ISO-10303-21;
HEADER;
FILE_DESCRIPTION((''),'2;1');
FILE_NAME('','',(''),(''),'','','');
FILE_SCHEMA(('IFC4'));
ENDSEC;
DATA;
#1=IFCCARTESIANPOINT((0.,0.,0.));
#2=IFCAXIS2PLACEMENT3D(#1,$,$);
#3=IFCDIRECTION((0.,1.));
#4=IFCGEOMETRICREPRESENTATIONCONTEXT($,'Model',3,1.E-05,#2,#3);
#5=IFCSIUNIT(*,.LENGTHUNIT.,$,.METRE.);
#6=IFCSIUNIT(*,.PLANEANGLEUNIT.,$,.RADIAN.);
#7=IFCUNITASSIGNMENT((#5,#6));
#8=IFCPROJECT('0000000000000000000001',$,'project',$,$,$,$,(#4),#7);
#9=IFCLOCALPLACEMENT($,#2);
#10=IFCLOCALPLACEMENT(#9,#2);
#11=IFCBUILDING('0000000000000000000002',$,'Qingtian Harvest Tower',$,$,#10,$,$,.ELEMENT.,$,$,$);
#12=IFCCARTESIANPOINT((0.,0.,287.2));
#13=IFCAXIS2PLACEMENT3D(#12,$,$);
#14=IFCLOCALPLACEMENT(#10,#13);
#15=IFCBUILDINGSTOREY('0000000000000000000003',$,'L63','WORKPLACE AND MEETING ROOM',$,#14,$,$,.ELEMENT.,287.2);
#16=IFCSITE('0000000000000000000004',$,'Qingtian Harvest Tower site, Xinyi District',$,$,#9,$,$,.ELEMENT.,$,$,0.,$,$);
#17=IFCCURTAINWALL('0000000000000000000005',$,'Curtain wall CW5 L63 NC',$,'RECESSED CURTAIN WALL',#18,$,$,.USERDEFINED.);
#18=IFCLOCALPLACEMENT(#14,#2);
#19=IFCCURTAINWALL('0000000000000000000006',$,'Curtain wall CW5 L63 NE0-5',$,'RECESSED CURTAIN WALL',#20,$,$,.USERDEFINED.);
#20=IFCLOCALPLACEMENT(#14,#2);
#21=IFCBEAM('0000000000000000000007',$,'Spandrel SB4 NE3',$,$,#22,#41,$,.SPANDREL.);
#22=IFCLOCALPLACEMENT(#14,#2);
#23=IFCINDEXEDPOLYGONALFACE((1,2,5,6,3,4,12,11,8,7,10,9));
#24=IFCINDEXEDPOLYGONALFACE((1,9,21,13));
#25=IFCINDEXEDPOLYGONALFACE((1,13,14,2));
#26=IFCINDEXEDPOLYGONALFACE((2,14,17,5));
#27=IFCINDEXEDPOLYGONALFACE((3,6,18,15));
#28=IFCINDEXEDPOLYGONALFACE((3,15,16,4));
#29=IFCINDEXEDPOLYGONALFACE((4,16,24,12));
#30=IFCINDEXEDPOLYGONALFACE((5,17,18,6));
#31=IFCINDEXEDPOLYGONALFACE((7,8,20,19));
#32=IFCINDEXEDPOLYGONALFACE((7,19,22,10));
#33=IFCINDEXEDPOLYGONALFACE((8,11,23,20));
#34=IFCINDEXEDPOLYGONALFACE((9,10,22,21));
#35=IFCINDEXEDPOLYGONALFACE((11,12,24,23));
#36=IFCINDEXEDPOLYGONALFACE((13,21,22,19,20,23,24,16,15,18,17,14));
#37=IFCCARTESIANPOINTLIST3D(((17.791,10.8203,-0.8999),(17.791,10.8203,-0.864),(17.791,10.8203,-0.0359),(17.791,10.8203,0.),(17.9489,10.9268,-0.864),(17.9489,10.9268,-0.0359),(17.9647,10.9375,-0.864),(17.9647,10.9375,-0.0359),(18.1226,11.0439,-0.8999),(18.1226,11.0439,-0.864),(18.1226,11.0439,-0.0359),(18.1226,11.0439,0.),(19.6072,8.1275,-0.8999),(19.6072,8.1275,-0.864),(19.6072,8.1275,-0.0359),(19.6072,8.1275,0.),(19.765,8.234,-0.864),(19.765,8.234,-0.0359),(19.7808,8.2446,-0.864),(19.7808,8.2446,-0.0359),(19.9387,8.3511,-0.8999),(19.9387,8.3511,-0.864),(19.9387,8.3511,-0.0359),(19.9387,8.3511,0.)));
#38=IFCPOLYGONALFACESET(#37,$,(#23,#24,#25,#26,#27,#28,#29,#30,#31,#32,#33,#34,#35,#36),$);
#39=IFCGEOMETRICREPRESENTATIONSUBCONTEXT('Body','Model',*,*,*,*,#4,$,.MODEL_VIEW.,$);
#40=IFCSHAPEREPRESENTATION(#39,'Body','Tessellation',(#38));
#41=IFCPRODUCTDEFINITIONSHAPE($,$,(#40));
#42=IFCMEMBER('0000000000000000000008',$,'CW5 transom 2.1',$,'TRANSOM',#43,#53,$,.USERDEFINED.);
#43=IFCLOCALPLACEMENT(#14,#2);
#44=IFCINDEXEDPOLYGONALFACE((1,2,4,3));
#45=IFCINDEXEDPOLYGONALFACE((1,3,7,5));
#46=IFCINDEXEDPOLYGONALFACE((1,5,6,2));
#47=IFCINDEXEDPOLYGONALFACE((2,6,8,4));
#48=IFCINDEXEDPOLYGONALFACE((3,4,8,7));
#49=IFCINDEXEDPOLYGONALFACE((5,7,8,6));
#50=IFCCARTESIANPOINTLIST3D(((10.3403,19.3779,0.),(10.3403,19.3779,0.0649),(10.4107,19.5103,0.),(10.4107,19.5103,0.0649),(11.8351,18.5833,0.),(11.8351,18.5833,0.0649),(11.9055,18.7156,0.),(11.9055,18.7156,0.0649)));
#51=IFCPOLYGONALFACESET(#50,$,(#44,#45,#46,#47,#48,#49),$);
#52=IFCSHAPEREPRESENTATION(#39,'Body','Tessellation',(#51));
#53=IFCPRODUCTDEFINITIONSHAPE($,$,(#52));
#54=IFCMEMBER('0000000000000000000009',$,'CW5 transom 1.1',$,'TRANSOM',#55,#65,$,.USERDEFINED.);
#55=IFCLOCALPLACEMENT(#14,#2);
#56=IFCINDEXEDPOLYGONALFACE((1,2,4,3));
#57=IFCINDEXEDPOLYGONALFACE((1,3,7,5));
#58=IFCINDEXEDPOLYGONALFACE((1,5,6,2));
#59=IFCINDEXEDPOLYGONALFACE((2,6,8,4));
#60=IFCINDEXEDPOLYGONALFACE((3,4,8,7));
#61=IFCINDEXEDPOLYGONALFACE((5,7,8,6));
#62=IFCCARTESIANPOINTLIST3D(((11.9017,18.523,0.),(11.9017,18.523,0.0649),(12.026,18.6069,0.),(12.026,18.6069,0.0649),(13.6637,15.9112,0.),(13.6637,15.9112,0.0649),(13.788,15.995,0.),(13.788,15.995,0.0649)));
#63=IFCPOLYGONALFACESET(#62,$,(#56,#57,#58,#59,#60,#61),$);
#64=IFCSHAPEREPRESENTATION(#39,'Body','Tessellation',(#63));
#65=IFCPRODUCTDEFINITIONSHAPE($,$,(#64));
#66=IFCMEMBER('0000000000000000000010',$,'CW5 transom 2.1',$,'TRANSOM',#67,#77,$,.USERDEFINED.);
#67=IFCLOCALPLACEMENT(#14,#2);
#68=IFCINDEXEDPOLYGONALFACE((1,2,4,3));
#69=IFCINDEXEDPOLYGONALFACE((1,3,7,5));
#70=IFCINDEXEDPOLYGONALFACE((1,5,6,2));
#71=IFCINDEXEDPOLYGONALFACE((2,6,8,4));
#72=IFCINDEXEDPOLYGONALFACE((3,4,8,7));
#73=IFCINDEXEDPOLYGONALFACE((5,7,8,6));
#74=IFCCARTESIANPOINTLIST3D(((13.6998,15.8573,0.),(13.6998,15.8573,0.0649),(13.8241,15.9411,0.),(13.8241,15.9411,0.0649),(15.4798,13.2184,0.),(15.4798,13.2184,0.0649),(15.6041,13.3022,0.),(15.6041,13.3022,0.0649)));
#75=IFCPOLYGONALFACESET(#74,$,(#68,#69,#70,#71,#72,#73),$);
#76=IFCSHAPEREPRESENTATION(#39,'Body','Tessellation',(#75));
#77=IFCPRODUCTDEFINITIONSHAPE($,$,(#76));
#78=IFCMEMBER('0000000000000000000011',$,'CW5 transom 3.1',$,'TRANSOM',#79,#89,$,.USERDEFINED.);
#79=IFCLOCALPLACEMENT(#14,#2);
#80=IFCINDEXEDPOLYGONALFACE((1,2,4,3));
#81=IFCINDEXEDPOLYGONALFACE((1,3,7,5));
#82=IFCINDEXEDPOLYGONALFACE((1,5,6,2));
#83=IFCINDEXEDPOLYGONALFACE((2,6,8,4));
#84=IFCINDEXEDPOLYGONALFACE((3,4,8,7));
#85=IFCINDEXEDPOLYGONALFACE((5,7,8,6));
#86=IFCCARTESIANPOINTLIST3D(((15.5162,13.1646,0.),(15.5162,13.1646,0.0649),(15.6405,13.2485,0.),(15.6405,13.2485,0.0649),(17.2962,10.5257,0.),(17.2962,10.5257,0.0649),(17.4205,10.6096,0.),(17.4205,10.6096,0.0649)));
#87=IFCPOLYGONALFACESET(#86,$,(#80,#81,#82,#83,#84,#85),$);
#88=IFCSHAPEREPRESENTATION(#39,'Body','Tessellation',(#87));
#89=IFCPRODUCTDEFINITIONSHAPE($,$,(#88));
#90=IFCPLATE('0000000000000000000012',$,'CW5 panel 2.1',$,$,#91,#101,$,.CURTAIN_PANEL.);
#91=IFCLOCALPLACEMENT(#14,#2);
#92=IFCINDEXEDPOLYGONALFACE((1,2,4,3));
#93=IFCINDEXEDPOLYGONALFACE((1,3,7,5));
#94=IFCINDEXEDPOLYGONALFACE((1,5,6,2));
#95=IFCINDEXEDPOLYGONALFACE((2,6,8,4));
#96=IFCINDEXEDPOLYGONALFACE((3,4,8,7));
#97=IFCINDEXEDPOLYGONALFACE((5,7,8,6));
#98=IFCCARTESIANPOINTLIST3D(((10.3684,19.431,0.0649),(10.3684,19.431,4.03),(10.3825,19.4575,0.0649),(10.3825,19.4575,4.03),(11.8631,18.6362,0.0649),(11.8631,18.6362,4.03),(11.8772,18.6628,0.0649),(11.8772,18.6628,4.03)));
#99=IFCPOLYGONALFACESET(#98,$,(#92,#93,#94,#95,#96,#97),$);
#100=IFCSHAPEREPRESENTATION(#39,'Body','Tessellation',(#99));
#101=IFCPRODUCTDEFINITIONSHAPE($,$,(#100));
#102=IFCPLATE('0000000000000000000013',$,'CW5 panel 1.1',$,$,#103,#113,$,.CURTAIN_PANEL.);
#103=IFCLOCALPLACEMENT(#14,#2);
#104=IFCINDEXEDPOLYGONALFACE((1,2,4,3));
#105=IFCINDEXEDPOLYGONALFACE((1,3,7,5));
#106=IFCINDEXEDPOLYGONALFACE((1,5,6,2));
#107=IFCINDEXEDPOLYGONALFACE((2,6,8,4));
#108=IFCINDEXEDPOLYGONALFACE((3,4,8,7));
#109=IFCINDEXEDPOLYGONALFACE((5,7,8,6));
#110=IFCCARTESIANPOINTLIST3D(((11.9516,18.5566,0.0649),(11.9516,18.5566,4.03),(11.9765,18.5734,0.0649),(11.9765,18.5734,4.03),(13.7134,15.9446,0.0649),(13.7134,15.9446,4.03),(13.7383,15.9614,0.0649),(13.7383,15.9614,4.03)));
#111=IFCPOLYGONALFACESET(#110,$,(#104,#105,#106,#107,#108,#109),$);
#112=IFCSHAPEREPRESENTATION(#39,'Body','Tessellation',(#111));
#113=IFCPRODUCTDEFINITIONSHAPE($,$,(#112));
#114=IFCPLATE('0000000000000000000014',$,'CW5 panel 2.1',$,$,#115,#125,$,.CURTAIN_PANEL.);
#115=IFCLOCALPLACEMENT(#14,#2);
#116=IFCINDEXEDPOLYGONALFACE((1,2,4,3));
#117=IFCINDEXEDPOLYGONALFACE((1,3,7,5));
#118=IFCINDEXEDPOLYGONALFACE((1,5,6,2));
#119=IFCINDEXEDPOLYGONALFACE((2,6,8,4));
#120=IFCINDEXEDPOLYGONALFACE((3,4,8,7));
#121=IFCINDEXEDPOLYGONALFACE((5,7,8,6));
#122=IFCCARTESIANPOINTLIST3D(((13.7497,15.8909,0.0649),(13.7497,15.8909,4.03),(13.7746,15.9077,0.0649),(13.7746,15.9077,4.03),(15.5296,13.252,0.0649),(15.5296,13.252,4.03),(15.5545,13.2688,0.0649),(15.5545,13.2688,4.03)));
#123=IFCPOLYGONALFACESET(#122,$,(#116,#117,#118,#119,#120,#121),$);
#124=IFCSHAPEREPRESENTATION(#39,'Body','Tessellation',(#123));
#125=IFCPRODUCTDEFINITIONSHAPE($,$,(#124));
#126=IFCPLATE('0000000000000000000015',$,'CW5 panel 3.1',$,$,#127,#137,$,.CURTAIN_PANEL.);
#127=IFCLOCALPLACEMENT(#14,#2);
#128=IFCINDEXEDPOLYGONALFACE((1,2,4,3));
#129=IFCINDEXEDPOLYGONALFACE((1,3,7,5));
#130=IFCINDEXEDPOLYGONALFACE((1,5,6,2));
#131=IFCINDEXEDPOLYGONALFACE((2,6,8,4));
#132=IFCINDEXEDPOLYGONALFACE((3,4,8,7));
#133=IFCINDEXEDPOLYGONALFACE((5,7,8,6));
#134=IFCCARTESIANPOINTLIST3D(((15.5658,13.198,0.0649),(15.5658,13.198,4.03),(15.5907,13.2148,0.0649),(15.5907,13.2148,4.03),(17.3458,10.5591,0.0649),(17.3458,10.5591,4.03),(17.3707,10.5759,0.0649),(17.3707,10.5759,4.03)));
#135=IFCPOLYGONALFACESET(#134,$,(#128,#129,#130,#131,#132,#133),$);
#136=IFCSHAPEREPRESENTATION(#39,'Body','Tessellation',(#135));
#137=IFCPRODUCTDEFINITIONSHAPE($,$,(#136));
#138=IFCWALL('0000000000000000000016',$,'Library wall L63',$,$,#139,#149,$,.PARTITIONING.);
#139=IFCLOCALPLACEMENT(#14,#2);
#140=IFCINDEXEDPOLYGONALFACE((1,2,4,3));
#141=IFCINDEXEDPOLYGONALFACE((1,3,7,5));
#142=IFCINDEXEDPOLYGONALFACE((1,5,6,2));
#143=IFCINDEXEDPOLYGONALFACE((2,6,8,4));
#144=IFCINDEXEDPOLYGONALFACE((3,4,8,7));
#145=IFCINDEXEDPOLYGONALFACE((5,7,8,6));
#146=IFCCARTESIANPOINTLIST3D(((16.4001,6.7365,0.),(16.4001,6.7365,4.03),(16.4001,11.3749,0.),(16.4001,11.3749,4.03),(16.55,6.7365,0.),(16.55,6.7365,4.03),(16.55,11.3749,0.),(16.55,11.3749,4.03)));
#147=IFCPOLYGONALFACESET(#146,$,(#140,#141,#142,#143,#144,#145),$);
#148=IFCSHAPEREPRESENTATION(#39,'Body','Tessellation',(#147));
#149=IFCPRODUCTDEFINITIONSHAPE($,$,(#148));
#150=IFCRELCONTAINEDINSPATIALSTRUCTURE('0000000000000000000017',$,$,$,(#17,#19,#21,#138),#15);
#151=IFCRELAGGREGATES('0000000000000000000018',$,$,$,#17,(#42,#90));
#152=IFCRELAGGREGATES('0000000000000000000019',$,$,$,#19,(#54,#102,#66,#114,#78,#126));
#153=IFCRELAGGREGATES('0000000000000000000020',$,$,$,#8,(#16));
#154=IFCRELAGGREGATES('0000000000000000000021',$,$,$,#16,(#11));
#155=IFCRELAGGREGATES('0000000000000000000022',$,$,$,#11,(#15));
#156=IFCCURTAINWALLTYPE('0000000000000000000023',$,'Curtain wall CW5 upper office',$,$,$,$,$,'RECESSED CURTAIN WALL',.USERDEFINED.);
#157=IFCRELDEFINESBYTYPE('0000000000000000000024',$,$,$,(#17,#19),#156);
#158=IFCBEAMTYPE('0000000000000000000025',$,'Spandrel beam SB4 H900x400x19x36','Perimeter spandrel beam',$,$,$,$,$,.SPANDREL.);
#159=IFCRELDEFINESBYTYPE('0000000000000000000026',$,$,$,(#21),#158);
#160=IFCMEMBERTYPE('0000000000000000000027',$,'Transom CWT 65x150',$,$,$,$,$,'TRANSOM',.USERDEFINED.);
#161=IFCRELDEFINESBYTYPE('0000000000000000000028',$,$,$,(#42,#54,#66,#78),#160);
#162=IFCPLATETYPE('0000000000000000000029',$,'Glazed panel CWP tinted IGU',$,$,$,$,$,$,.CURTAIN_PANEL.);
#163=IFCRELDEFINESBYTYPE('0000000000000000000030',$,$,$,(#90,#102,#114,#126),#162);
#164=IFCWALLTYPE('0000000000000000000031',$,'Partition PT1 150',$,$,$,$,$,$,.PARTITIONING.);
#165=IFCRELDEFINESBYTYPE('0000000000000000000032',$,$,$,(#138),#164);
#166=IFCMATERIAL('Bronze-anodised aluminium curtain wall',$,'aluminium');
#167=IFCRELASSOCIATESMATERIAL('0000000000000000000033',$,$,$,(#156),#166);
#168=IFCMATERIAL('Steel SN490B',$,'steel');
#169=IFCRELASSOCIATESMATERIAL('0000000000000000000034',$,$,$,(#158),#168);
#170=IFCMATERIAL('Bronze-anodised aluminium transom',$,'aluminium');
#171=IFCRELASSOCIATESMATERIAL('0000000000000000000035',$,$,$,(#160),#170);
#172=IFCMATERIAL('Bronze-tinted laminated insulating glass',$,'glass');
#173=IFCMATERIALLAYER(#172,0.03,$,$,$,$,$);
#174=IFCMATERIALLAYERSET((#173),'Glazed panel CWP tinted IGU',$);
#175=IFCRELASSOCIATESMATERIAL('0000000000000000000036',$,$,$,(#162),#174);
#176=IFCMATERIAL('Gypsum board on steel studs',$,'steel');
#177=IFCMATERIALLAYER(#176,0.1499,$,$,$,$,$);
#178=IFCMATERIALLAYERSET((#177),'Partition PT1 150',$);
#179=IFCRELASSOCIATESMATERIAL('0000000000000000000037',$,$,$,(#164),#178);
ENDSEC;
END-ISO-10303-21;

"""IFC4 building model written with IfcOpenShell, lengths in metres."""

from ifc_helpers import new_model, si_unit, direction, frame, frame_2d, origin, origin_2d, place, context, subcontext, project, spatial, rectangle, i_section, extrude, material, layer, layer_set, material_profile, profile_set, type_object, element, aggregate, save


model = new_model("IFC4")

# Units and contexts
model_context = context("Model", 3, precision=1e-05, world=origin(), true_north=direction((0.0, 1.0)))
body_context = subcontext(model_context, "Body", "Model", "MODEL_VIEW")
ifc_project = project(units=[si_unit("LENGTHUNIT", "METRE"), si_unit("PLANEANGLEUNIT", "RADIAN")], contexts=[model_context])

# Site, building, storey
site_placement = place(None, origin())
site = spatial("IfcSite", under=ifc_project, at=site_placement, Name="Qingtian Harvest Tower site, Xinyi District", CompositionType="ELEMENT", RefElevation=0.0)
building_placement = place(site_placement, origin())
building = spatial("IfcBuilding", under=site, at=building_placement, Name="Qingtian Harvest Tower", CompositionType="ELEMENT")
storey_placement = place(building_placement, frame((0.0, 0.0, 287.2)))
storey = spatial("IfcBuildingStorey", under=building, at=storey_placement, Name="L63", Description="WORKPLACE AND MEETING ROOM", CompositionType="ELEMENT", Elevation=287.2)

# Curtain walls
ifc_material_1 = material(Name="Bronze-anodised aluminium curtain wall", Category="aluminium")
curtain_wall_type = type_object("IfcCurtainWallType", Name="Curtain wall CW5 upper office", ElementType="RECESSED CURTAIN WALL", PredefinedType="USERDEFINED", material=ifc_material_1)
curtain_wall_1_placement = place(storey_placement, origin())
curtain_wall_1 = element("IfcCurtainWall", 1, at=curtain_wall_1_placement, inside=storey, type_object=curtain_wall_type, Name="Curtain wall CW5 L63 NC", ObjectType="RECESSED CURTAIN WALL", PredefinedType="USERDEFINED")
curtain_wall_2_placement = place(storey_placement, origin())
curtain_wall_2 = element("IfcCurtainWall", 2, at=curtain_wall_2_placement, inside=storey, type_object=curtain_wall_type, Name="Curtain wall CW5 L63 NE0-5", ObjectType="RECESSED CURTAIN WALL", PredefinedType="USERDEFINED")

# Beam
ifc_material_2 = material(Name="Steel SN490B", Category="steel")
ifc_material_profile_1 = material_profile(ifc_material_2, i_section(OverallWidth=0.3999, OverallDepth=0.8999, WebThickness=0.019, FlangeThickness=0.0359, at=origin_2d()), Name="H900x400x19x36")
ifc_profile_set_1 = profile_set([ifc_material_profile_1], Name="Steel SN490B")
beam_type_1 = type_object("IfcBeamType", Name="Spandrel beam SB4 H900x400x19x36", Description="Perimeter spandrel beam", PredefinedType="SPANDREL", material=ifc_profile_set_1)
beam_1_placement = place(storey_placement, frame((17.9568, 10.9321, -0.45), z_axis=(0.55915, -0.829066, 0.0), x_axis=(0.829066, 0.55915, 0.0)))
element("IfcBeam", 3, at=beam_1_placement, inside=storey, type_object=beam_type_1, Name="Spandrel SB4 NE3", PredefinedType="SPANDREL", context=body_context, shape_type="SweptSolid", body=[
    extrude(i_section(OverallWidth=0.3999, OverallDepth=0.8999, WebThickness=0.019, FlangeThickness=0.0359, at=origin_2d()), origin(), (0.0, 0.0, 1.0), 3.248),
])

# Members
ifc_material_3 = material(Name="Bronze-anodised aluminium transom", Category="aluminium")
ifc_material_profile_2 = material_profile(ifc_material_3, rectangle(XDim=0.1499, YDim=0.0649, at=origin_2d()), Name="AL 65x150")
ifc_profile_set_2 = profile_set([ifc_material_profile_2], Name="Bronze-anodised aluminium transom")
member_type_1 = type_object("IfcMemberType", Name="Transom CWT 65x150", ElementType="TRANSOM", PredefinedType="USERDEFINED", material=ifc_profile_set_2)
member_1_placement = place(storey_placement, frame((10.3755, 19.4441, 0.0325), z_axis=(0.882987, -0.469398, 0.0), x_axis=(0.469398, 0.882987, 0.0)))
member_1 = element("IfcMember", 4, at=member_1_placement, type_object=member_type_1, Name="CW5 transom 2.1", ObjectType="TRANSOM", PredefinedType="USERDEFINED", context=body_context, shape_type="SweptSolid", body=[
    extrude(rectangle(XDim=0.1499, YDim=0.0649, at=origin_2d()), origin(), (0.0, 0.0, 1.0), 1.6929),
])
member_2_placement = place(storey_placement, frame((11.9639, 18.5649, 0.0325), z_axis=(0.559252, -0.828998, 0.0), x_axis=(0.828998, 0.559252, 0.0)))
member_2 = element("IfcMember", 5, at=member_2_placement, type_object=member_type_1, Name="CW5 transom 1.1", ObjectType="TRANSOM", PredefinedType="USERDEFINED", context=body_context, shape_type="SweptSolid", body=[
    extrude(rectangle(XDim=0.1499, YDim=0.0649, at=origin_2d()), origin(), (0.0, 0.0, 1.0), 3.1506),
])
member_3_placement = place(storey_placement, frame((13.762, 15.8992, 0.0325), z_axis=(0.559205, -0.829029, 0.0), x_axis=(0.829029, 0.559205, 0.0)))
member_3 = element("IfcMember", 6, at=member_3_placement, type_object=member_type_1, Name="CW5 transom 2.1", ObjectType="TRANSOM", PredefinedType="USERDEFINED", context=body_context, shape_type="SweptSolid", body=[
    extrude(rectangle(XDim=0.1499, YDim=0.0649, at=origin_2d()), origin(), (0.0, 0.0, 1.0), 3.1831),
])
member_4_placement = place(storey_placement, frame((15.5784, 13.2065, 0.0325), z_axis=(0.559205, -0.829029, 0.0), x_axis=(0.829029, 0.559205, 0.0)))
member_4 = element("IfcMember", 7, at=member_4_placement, type_object=member_type_1, Name="CW5 transom 3.1", ObjectType="TRANSOM", PredefinedType="USERDEFINED", context=body_context, shape_type="SweptSolid", body=[
    extrude(rectangle(XDim=0.1499, YDim=0.0649, at=origin_2d()), origin(), (0.0, 0.0, 1.0), 3.1831),
])

# Plates
ifc_material_4 = material(Name="Bronze-tinted laminated insulating glass", Category="glass")
ifc_layer_1 = layer(ifc_material_4, 0.03)
ifc_layer_set_1 = layer_set([ifc_layer_1], Name="Glazed panel CWP tinted IGU")
plate_type = type_object("IfcPlateType", Name="Glazed panel CWP tinted IGU", PredefinedType="CURTAIN_PANEL", material=ifc_layer_set_1)
plate_1_placement = place(storey_placement, frame((11.1228, 19.0469, 0.0649), z_axis=(0.0, 0.0, 1.0), x_axis=(0.882948, -0.469472, 0.0)))
plate_1 = element("IfcPlate", 8, at=plate_1_placement, type_object=plate_type, Name="CW5 panel 2.1", PredefinedType="CURTAIN_PANEL", context=body_context, shape_type="SweptSolid", body=[
    extrude(rectangle(XDim=1.6929, YDim=0.03, at=origin_2d()), origin(), (0.0, 0.0, 1.0), 3.9651),
])
aggregate(curtain_wall_1, [member_1, plate_1])
plate_2_placement = place(storey_placement, frame((12.845, 17.259, 0.0649), z_axis=(0.0, 0.0, 1.0), x_axis=(0.559193, -0.829038, 0.0)))
plate_2 = element("IfcPlate", 9, at=plate_2_placement, type_object=plate_type, Name="CW5 panel 1.1", PredefinedType="CURTAIN_PANEL", context=body_context, shape_type="SweptSolid", body=[
    extrude(rectangle(XDim=3.1506, YDim=0.03, at=origin_2d()), origin(), (0.0, 0.0, 1.0), 3.9651),
])
plate_3_placement = place(storey_placement, frame((14.6521, 14.5798, 0.0649), z_axis=(0.0, 0.0, 1.0), x_axis=(0.559193, -0.829038, 0.0)))
plate_3 = element("IfcPlate", 10, at=plate_3_placement, type_object=plate_type, Name="CW5 panel 2.1", PredefinedType="CURTAIN_PANEL", context=body_context, shape_type="SweptSolid", body=[
    extrude(rectangle(XDim=3.1831, YDim=0.03, at=origin_2d()), origin(), (0.0, 0.0, 1.0), 3.9651),
])
plate_4_placement = place(storey_placement, frame((16.4683, 11.887, 0.0649), z_axis=(0.0, 0.0, 1.0), x_axis=(0.559193, -0.829038, 0.0)))
plate_4 = element("IfcPlate", 11, at=plate_4_placement, type_object=plate_type, Name="CW5 panel 3.1", PredefinedType="CURTAIN_PANEL", context=body_context, shape_type="SweptSolid", body=[
    extrude(rectangle(XDim=3.1831, YDim=0.03, at=origin_2d()), origin(), (0.0, 0.0, 1.0), 3.9651),
])
aggregate(curtain_wall_2, [member_2, plate_2, member_3, plate_3, member_4, plate_4])

# Wall
ifc_material_5 = material(Name="Gypsum board on steel studs", Category="steel")
ifc_layer_2 = layer(ifc_material_5, 0.1499)
ifc_layer_set_2 = layer_set([ifc_layer_2], Name="Partition PT1 150")
wall_type = type_object("IfcWallType", Name="Partition PT1 150", PredefinedType="PARTITIONING", material=ifc_layer_set_2)
wall_placement = place(storey_placement, frame((16.4751, 11.375, 0.0), z_axis=(0.0, 0.0, 1.0), x_axis=(0.0, -1.0, 0.0)))
element("IfcWall", 12, at=wall_placement, inside=storey, type_object=wall_type, Name="Library wall L63", PredefinedType="PARTITIONING", context=body_context, shape_type="SweptSolid", body=[
    extrude(rectangle(XDim=4.6384, YDim=0.1499, at=frame_2d((2.3193, 0.0))), origin(), (0.0, 0.0, 1.0), 4.03),
])

save(model, "model.ifc")
